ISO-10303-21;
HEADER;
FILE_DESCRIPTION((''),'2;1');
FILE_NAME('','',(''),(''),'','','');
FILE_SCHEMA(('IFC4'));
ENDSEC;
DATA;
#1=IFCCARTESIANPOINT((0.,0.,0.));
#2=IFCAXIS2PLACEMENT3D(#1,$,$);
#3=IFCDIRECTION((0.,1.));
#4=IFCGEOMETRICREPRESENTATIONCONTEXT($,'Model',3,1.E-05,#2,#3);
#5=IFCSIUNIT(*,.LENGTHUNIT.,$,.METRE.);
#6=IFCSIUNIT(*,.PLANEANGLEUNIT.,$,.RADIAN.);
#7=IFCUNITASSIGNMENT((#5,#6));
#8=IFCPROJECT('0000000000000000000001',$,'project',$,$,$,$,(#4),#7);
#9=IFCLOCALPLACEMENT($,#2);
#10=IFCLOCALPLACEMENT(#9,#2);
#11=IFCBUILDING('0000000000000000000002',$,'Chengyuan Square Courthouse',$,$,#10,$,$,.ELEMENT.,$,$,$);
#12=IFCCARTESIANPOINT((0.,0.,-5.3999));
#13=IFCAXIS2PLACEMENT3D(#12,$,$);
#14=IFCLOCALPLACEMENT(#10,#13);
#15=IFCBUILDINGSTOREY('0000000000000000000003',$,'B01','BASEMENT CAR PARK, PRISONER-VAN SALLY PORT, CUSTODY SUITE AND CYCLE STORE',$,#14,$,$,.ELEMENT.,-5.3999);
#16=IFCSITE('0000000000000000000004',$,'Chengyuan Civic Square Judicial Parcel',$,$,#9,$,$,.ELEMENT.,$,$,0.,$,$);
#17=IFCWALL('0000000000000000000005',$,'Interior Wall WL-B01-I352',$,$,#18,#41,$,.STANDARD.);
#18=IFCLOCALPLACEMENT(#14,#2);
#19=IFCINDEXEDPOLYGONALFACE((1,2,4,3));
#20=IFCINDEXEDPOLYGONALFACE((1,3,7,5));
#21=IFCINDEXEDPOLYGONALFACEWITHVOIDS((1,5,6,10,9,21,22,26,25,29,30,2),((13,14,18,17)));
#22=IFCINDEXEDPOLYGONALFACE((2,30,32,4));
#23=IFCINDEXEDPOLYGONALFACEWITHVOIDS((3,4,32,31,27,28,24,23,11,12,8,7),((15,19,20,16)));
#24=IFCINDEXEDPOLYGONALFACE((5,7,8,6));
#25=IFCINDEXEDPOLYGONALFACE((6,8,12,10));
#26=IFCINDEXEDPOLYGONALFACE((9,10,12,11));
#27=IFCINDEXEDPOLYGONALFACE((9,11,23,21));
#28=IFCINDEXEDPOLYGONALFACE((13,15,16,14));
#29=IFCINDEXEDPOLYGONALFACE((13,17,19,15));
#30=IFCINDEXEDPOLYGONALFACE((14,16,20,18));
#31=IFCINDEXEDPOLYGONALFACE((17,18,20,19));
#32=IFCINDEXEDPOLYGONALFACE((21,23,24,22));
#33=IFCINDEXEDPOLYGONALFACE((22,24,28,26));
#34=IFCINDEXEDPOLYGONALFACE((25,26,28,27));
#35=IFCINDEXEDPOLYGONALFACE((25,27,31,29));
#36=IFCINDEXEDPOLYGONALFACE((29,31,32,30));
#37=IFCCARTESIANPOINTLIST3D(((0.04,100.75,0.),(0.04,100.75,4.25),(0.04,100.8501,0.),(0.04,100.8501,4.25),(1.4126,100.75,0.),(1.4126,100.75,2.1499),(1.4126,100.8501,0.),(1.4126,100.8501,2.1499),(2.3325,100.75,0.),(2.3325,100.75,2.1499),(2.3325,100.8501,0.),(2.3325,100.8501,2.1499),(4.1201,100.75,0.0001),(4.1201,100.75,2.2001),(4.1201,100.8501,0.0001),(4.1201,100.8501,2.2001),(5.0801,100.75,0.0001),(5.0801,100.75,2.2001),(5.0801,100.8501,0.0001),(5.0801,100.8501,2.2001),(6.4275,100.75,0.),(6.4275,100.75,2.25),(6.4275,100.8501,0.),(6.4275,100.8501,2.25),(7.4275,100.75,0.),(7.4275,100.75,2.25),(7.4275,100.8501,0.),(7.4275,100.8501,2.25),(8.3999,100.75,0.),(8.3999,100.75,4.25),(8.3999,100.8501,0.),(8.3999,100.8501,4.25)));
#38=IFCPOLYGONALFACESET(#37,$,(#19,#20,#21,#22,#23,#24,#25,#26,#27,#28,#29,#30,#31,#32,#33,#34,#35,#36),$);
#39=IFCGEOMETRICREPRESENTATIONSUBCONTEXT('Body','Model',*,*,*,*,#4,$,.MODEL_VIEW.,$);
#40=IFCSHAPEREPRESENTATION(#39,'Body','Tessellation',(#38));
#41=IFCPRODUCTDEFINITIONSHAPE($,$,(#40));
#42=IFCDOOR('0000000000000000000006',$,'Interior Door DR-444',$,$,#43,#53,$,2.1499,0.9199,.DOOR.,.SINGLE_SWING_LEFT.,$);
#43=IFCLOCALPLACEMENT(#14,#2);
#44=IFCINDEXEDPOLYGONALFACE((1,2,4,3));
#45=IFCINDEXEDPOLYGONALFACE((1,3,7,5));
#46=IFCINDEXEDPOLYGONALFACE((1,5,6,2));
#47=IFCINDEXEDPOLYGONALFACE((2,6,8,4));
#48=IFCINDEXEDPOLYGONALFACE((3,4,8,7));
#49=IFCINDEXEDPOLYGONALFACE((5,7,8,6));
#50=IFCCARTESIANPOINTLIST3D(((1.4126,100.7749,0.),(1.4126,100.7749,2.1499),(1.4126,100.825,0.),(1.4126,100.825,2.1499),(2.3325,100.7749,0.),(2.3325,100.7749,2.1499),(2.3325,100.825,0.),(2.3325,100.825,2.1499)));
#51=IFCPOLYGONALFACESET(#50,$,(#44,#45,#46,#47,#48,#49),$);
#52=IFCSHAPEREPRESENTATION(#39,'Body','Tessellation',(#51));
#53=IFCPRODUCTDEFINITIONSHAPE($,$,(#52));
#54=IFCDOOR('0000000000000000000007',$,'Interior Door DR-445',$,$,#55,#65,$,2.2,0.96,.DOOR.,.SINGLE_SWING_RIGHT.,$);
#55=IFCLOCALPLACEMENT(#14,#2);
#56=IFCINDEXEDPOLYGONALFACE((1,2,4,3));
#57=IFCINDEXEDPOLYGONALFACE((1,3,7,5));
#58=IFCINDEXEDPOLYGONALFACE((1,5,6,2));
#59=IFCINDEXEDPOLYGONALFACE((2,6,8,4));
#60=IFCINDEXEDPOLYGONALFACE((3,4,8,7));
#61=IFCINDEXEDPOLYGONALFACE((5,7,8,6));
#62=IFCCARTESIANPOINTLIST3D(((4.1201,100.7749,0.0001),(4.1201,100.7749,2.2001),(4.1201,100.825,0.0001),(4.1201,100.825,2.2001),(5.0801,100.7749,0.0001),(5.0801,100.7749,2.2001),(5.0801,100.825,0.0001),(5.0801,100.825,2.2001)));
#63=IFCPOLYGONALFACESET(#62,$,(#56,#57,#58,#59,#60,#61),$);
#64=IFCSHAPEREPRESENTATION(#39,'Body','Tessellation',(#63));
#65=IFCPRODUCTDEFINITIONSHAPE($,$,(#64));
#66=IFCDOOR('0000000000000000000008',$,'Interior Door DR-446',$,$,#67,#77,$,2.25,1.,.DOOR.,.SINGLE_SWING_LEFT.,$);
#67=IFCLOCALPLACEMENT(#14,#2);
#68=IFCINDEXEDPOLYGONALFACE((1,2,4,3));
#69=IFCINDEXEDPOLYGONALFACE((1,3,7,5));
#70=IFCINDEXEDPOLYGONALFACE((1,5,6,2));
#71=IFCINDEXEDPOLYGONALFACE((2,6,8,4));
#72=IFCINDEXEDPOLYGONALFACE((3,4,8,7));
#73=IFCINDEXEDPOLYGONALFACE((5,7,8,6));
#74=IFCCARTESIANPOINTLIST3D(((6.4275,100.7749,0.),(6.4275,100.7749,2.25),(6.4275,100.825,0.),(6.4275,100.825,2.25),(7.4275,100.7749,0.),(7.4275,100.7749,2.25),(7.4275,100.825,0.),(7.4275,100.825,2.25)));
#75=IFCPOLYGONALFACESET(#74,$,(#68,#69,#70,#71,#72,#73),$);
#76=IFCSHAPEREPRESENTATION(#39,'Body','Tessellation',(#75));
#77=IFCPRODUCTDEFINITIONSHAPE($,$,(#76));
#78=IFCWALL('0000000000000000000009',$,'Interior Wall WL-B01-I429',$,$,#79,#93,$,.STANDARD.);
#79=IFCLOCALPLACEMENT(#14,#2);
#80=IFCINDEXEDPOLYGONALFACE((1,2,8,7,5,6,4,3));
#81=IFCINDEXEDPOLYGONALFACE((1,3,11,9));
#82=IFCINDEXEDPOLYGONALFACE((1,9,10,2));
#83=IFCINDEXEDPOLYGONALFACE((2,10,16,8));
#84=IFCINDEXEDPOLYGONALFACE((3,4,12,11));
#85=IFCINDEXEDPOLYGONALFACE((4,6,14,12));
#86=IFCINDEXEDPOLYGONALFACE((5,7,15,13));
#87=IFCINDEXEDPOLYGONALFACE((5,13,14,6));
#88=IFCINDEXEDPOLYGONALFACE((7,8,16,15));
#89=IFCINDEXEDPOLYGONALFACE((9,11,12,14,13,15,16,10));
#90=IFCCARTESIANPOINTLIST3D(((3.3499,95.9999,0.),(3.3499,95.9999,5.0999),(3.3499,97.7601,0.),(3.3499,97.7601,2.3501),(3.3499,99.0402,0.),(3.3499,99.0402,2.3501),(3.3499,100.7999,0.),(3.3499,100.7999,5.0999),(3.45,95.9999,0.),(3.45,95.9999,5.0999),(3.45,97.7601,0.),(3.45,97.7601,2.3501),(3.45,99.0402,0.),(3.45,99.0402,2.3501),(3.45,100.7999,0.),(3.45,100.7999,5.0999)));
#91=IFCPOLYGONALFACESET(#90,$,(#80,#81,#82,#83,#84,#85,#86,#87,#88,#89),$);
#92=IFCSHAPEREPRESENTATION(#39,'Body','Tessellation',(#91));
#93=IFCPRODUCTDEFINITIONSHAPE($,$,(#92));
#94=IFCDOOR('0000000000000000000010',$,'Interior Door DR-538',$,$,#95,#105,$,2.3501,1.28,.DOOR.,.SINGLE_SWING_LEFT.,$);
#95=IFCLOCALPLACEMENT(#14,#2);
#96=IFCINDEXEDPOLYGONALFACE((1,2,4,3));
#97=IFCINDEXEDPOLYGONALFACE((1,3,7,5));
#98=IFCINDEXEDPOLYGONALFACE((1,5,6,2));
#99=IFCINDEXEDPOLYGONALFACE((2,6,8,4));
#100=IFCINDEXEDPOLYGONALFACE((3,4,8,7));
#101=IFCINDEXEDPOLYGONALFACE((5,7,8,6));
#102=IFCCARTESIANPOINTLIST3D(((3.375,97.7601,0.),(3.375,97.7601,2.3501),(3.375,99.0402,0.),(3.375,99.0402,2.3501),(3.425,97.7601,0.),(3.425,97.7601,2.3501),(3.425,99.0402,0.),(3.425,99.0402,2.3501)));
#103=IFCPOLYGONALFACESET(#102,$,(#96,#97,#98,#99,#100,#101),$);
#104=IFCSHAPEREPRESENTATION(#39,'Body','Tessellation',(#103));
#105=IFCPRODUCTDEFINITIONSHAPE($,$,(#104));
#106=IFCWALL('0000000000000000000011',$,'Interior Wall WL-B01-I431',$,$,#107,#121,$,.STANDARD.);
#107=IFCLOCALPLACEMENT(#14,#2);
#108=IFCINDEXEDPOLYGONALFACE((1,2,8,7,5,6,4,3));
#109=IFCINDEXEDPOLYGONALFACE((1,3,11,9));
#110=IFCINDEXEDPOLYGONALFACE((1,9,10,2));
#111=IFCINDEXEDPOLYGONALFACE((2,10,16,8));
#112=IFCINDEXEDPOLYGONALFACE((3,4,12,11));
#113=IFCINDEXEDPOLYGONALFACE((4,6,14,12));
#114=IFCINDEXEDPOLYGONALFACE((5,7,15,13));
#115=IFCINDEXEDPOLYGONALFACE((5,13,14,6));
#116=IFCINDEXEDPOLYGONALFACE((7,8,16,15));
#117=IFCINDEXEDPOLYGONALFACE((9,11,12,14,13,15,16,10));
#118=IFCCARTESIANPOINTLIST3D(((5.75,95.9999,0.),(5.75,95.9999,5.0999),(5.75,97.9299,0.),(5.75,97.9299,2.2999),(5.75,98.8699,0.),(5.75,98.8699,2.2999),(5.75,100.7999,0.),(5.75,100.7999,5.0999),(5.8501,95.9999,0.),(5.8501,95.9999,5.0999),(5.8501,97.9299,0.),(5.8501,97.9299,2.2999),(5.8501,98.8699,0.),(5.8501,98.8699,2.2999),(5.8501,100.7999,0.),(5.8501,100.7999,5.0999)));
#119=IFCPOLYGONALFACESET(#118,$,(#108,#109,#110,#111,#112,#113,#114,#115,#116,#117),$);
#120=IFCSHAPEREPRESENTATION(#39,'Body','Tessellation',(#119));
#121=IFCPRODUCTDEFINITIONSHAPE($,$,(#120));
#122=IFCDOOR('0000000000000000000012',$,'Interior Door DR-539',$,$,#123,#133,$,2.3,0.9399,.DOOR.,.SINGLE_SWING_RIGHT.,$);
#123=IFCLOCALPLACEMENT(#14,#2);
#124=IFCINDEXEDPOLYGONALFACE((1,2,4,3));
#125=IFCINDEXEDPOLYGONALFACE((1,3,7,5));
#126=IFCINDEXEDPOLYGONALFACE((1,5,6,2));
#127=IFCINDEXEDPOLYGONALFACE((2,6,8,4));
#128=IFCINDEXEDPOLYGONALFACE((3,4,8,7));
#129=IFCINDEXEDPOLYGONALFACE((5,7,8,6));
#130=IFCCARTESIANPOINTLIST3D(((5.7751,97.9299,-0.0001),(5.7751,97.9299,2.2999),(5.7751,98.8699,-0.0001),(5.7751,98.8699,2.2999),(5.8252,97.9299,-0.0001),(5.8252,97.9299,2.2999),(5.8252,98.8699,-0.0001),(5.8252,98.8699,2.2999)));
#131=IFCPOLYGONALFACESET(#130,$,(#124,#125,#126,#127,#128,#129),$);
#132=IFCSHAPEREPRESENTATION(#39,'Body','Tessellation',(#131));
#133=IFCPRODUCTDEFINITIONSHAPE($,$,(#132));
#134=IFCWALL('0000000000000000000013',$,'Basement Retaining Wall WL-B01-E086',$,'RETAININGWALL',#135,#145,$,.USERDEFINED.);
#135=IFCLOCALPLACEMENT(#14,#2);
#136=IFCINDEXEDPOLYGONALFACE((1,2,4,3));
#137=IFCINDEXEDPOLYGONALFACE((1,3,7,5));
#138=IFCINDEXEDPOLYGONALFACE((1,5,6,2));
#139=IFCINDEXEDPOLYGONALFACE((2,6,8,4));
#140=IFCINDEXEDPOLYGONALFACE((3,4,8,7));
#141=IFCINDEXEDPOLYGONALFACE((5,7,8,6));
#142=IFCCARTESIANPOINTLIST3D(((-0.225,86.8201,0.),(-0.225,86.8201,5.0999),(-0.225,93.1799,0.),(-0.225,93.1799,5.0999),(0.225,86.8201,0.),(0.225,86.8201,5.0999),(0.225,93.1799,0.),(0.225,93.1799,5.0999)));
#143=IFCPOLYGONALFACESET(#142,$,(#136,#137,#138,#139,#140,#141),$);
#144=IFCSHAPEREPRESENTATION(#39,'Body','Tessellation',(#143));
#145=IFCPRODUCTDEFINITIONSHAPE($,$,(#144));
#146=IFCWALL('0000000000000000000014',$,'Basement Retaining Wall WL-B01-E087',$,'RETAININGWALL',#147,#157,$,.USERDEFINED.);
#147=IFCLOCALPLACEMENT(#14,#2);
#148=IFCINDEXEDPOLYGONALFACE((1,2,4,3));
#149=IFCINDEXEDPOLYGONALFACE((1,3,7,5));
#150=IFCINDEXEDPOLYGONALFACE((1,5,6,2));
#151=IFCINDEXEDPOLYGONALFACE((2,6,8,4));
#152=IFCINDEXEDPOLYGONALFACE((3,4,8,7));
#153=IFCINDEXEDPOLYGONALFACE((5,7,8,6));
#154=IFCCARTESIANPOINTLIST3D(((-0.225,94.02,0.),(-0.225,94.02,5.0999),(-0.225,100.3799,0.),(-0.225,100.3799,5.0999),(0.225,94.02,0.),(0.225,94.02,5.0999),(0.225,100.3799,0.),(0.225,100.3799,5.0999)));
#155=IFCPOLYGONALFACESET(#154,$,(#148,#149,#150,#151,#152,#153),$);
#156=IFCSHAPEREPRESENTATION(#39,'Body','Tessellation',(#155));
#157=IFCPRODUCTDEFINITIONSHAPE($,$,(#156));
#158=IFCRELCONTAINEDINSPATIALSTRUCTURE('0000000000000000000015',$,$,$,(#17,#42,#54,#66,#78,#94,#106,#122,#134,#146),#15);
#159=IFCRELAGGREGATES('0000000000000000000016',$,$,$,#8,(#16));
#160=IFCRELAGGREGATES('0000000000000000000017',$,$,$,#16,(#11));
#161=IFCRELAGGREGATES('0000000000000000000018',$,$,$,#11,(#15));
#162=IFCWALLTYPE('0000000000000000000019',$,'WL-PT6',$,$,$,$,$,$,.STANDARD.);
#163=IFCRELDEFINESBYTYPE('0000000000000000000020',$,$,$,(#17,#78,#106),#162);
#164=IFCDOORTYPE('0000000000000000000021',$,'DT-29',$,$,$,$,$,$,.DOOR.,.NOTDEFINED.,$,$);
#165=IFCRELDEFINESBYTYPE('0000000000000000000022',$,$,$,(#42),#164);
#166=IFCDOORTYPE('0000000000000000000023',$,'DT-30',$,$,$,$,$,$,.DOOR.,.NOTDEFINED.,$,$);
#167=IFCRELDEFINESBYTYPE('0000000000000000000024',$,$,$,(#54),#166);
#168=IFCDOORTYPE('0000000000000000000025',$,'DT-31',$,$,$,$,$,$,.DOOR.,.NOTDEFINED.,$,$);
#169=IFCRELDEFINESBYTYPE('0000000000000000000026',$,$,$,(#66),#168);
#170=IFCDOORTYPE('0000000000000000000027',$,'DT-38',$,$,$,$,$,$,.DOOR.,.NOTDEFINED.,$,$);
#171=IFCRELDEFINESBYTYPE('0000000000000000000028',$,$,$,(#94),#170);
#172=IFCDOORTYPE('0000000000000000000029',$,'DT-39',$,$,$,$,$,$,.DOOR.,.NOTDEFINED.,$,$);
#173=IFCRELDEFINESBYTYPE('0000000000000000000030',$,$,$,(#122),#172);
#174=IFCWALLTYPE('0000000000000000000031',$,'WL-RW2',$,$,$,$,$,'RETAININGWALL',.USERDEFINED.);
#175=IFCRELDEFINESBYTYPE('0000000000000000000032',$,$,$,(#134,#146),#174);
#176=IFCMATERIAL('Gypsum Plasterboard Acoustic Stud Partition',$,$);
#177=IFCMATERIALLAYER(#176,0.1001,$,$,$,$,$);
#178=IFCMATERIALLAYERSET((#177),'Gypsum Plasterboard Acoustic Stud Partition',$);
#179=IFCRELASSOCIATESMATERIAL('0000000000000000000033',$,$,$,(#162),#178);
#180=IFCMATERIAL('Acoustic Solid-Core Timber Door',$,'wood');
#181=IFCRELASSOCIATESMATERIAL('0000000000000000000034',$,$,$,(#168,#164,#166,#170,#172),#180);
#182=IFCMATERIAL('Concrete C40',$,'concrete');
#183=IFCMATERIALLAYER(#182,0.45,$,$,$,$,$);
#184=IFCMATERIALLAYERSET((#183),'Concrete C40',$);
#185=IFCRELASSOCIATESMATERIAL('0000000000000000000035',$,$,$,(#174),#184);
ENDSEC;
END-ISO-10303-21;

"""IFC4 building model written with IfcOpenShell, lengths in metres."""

from ifc_helpers import new_model, si_unit, direction, frame, frame_2d, origin, place, context, subcontext, project, spatial, rectangle, extrude, material, layer, layer_set, type_object, element, fill, save


model = new_model("IFC4")

# Units and contexts
model_context = context("Model", 3, precision=1e-05, world=origin(), true_north=direction((0.0, 1.0)))
body_context = subcontext(model_context, "Body", "Model", "MODEL_VIEW")
ifc_project = project(units=[si_unit("LENGTHUNIT", "METRE"), si_unit("PLANEANGLEUNIT", "RADIAN")], contexts=[model_context])

# Site, building, storey
site_placement = place(None, origin())
site = spatial("IfcSite", under=ifc_project, at=site_placement, Name="Chengyuan Civic Square Judicial Parcel", CompositionType="ELEMENT", RefElevation=0.0)
building_placement = place(site_placement, origin())
building = spatial("IfcBuilding", under=site, at=building_placement, Name="Chengyuan Square Courthouse", CompositionType="ELEMENT")
storey_placement = place(building_placement, frame((0.0, 0.0, -5.3999)))
storey = spatial("IfcBuildingStorey", under=building, at=storey_placement, Name="B01", Description="BASEMENT CAR PARK, PRISONER-VAN SALLY PORT, CUSTODY SUITE AND CYCLE STORE", CompositionType="ELEMENT", Elevation=-5.3999)

# Shared definitions
ifc_material_1 = material(Name="Concrete C40", Category="concrete")

# Wall, openings, doors
ifc_material_2 = material(Name="Gypsum Plasterboard Acoustic Stud Partition")
ifc_layer_1 = layer(ifc_material_2, 0.1001)
ifc_layer_set_1 = layer_set([ifc_layer_1], Name="Gypsum Plasterboard Acoustic Stud Partition")
wall_type_1 = type_object("IfcWallType", Name="WL-PT6", PredefinedType="STANDARD", material=ifc_layer_set_1)
ifc_material_3 = material(Name="Acoustic Solid-Core Timber Door", Category="wood")
door_type_1 = type_object("IfcDoorType", Name="DT-31", OperationType="NOTDEFINED", PredefinedType="DOOR", material=ifc_material_3)
wall_1_placement = place(storey_placement, frame((0.04, 100.8, 0.0), z_axis=(0.0, 0.0, 1.0), x_axis=(1.0, 0.0, 0.0)))
wall_1 = element("IfcWall", 1, at=wall_1_placement, inside=storey, type_object=wall_type_1, Name="Interior Wall WL-B01-I352", PredefinedType="STANDARD", context=body_context, shape_type="SweptSolid", body=[
    extrude(rectangle(XDim=8.3599, YDim=0.1001, at=frame_2d((4.1799, 0.0))), origin(), (0.0, 0.0, 1.0), 4.25),
])
opening_1_placement = place(wall_1_placement, frame((1.3726, 0.0, 0.0)))
opening_1 = element("IfcOpeningElement", 2, at=opening_1_placement, cuts=wall_1, PredefinedType="OPENING", context=body_context, shape_type="SweptSolid", body=[
    extrude(rectangle(XDim=0.9199, YDim=2.1499, at=frame_2d((0.46, 1.075))), frame((0.0, 0.062, 0.0), z_axis=(0.0, -1.0, 0.0), x_axis=(1.0, 0.0, 0.0)), (0.0, 0.0, 1.0), 0.124),
])
opening_2_placement = place(wall_1_placement, frame((4.0801, 0.0, 0.0)))
opening_2 = element("IfcOpeningElement", 3, at=opening_2_placement, cuts=wall_1, PredefinedType="OPENING", context=body_context, shape_type="SweptSolid", body=[
    extrude(rectangle(XDim=0.96, YDim=2.2, at=frame_2d((0.48, 1.1001))), frame((0.0, 0.062, 0.0), z_axis=(0.0, -1.0, 0.0), x_axis=(1.0, 0.0, 0.0)), (0.0, 0.0, 1.0), 0.124),
])
opening_3_placement = place(wall_1_placement, frame((6.3875, 0.0, 0.0)))
opening_3 = element("IfcOpeningElement", 4, at=opening_3_placement, cuts=wall_1, PredefinedType="OPENING", context=body_context, shape_type="SweptSolid", body=[
    extrude(rectangle(XDim=1.0, YDim=2.25, at=frame_2d((0.5, 1.125))), frame((0.0, 0.062, 0.0), z_axis=(0.0, -1.0, 0.0), x_axis=(1.0, 0.0, 0.0)), (0.0, 0.0, 1.0), 0.124),
])
door_type_2 = type_object("IfcDoorType", Name="DT-29", OperationType="NOTDEFINED", PredefinedType="DOOR", material=ifc_material_3)
door_1_placement = place(opening_1_placement, origin())
door_1 = element("IfcDoor", 5, at=door_1_placement, inside=storey, type_object=door_type_2, Name="Interior Door DR-444", OperationType="SINGLE_SWING_LEFT", OverallHeight=2.1499, OverallWidth=0.9199, PredefinedType="DOOR", context=body_context, shape_type="SweptSolid", body=[
    extrude(rectangle(XDim=0.9199, YDim=2.1499, at=frame_2d((0.46, 1.075))), frame((0.0, 0.0249, 0.0), z_axis=(0.0, -1.0, 0.0), x_axis=(1.0, 0.0, 0.0)), (0.0, 0.0, 1.0), 0.05),
])
fill(opening_1, door_1)
door_type_3 = type_object("IfcDoorType", Name="DT-30", OperationType="NOTDEFINED", PredefinedType="DOOR", material=ifc_material_3)
door_2_placement = place(opening_2_placement, origin())
door_2 = element("IfcDoor", 6, at=door_2_placement, inside=storey, type_object=door_type_3, Name="Interior Door DR-445", OperationType="SINGLE_SWING_RIGHT", OverallHeight=2.2, OverallWidth=0.96, PredefinedType="DOOR", context=body_context, shape_type="SweptSolid", body=[
    extrude(rectangle(XDim=0.96, YDim=2.2, at=frame_2d((0.48, 1.1001))), frame((0.0, 0.0249, 0.0), z_axis=(0.0, -1.0, 0.0), x_axis=(1.0, 0.0, 0.0)), (0.0, 0.0, 1.0), 0.05),
])
fill(opening_2, door_2)
door_3_placement = place(opening_3_placement, origin())
door_3 = element("IfcDoor", 7, at=door_3_placement, inside=storey, type_object=door_type_1, Name="Interior Door DR-446", OperationType="SINGLE_SWING_LEFT", OverallHeight=2.25, OverallWidth=1.0, PredefinedType="DOOR", context=body_context, shape_type="SweptSolid", body=[
    extrude(rectangle(XDim=1.0, YDim=2.25, at=frame_2d((0.5, 1.125))), frame((0.0, 0.0249, 0.0), z_axis=(0.0, -1.0, 0.0), x_axis=(1.0, 0.0, 0.0)), (0.0, 0.0, 1.0), 0.05),
])
fill(opening_3, door_3)

# Walls, openings, doors
wall_2_placement = place(storey_placement, frame((3.3999, 96.0, 0.0), z_axis=(0.0, 0.0, 1.0), x_axis=(0.0, 1.0, 0.0)))
wall_2 = element("IfcWall", 8, at=wall_2_placement, inside=storey, type_object=wall_type_1, Name="Interior Wall WL-B01-I429", PredefinedType="STANDARD", context=body_context, shape_type="SweptSolid", body=[
    extrude(rectangle(XDim=4.8, YDim=0.1001, at=frame_2d((2.3999, 0.0))), origin(), (0.0, 0.0, 1.0), 5.0999),
])
opening_4_placement = place(wall_2_placement, frame((1.76, 0.0, 0.0)))
opening_4 = element("IfcOpeningElement", 9, at=opening_4_placement, cuts=wall_2, PredefinedType="OPENING", context=body_context, shape_type="SweptSolid", body=[
    extrude(rectangle(XDim=1.28, YDim=2.3501, at=frame_2d((0.6401, 1.175))), frame((0.0, 0.062, 0.0), z_axis=(0.0, -1.0, 0.0), x_axis=(1.0, 0.0, 0.0)), (0.0, 0.0, 1.0), 0.124),
])
door_type_4 = type_object("IfcDoorType", Name="DT-38", OperationType="NOTDEFINED", PredefinedType="DOOR", material=ifc_material_3)
door_4_placement = place(opening_4_placement, origin())
door_4 = element("IfcDoor", 10, at=door_4_placement, inside=storey, type_object=door_type_4, Name="Interior Door DR-538", OperationType="SINGLE_SWING_LEFT", OverallHeight=2.3501, OverallWidth=1.28, PredefinedType="DOOR", context=body_context, shape_type="SweptSolid", body=[
    extrude(rectangle(XDim=1.28, YDim=2.3501, at=frame_2d((0.6401, 1.175))), frame((0.0, 0.0249, 0.0), z_axis=(0.0, -1.0, 0.0), x_axis=(1.0, 0.0, 0.0)), (0.0, 0.0, 1.0), 0.05),
])
fill(opening_4, door_4)
wall_3_placement = place(storey_placement, frame((5.8, 96.0, 0.0), z_axis=(0.0, 0.0, 1.0), x_axis=(0.0, 1.0, 0.0)))
wall_3 = element("IfcWall", 11, at=wall_3_placement, inside=storey, type_object=wall_type_1, Name="Interior Wall WL-B01-I431", PredefinedType="STANDARD", context=body_context, shape_type="SweptSolid", body=[
    extrude(rectangle(XDim=4.8, YDim=0.1001, at=frame_2d((2.3999, 0.0))), origin(), (0.0, 0.0, 1.0), 5.0999),
])
opening_5_placement = place(wall_3_placement, frame((1.9299, 0.0, 0.0)))
opening_5 = element("IfcOpeningElement", 12, at=opening_5_placement, cuts=wall_3, PredefinedType="OPENING", context=body_context, shape_type="SweptSolid", body=[
    extrude(rectangle(XDim=0.9399, YDim=2.3, at=frame_2d((0.47, 1.1499))), frame((0.0, 0.062, 0.0), z_axis=(0.0, -1.0, 0.0), x_axis=(1.0, 0.0, 0.0)), (0.0, 0.0, 1.0), 0.124),
])
door_type_5 = type_object("IfcDoorType", Name="DT-39", OperationType="NOTDEFINED", PredefinedType="DOOR", material=ifc_material_3)
door_5_placement = place(opening_5_placement, origin())
door_5 = element("IfcDoor", 13, at=door_5_placement, inside=storey, type_object=door_type_5, Name="Interior Door DR-539", OperationType="SINGLE_SWING_RIGHT", OverallHeight=2.3, OverallWidth=0.9399, PredefinedType="DOOR", context=body_context, shape_type="SweptSolid", body=[
    extrude(rectangle(XDim=0.9399, YDim=2.3, at=frame_2d((0.47, 1.1499))), frame((0.0, 0.0249, 0.0), z_axis=(0.0, -1.0, 0.0), x_axis=(1.0, 0.0, 0.0)), (0.0, 0.0, 1.0), 0.05),
])
fill(opening_5, door_5)

# Walls
ifc_layer_2 = layer(ifc_material_1, 0.45)
ifc_layer_set_2 = layer_set([ifc_layer_2], Name="Concrete C40")
wall_type_2 = type_object("IfcWallType", Name="WL-RW2", ElementType="RETAININGWALL", PredefinedType="USERDEFINED", material=ifc_layer_set_2)
for number, where, z_axis, x_axis, name in (
    (14, (0.0, 86.8201, 0.0), (0.0, 0.0, 1.0), (0.0, 1.0, 0.0), "Basement Retaining Wall WL-B01-E086"),
    (15, (0.0, 94.02, 0.0), (0.0, 0.0, 1.0), (0.0, 1.0, 0.0), "Basement Retaining Wall WL-B01-E087"),
):
    element("IfcWall", number, at=place(storey_placement, frame(where, z_axis=z_axis, x_axis=x_axis)), inside=storey, type_object=wall_type_2, Name=name, ObjectType="RETAININGWALL", PredefinedType="USERDEFINED", context=body_context, shape_type="SweptSolid", body=[
        extrude(rectangle(XDim=6.3599, YDim=0.45, at=frame_2d((3.1799, 0.0))), origin(), (0.0, 0.0, 1.0), 5.0999),
    ])

save(model, "model.ifc")
